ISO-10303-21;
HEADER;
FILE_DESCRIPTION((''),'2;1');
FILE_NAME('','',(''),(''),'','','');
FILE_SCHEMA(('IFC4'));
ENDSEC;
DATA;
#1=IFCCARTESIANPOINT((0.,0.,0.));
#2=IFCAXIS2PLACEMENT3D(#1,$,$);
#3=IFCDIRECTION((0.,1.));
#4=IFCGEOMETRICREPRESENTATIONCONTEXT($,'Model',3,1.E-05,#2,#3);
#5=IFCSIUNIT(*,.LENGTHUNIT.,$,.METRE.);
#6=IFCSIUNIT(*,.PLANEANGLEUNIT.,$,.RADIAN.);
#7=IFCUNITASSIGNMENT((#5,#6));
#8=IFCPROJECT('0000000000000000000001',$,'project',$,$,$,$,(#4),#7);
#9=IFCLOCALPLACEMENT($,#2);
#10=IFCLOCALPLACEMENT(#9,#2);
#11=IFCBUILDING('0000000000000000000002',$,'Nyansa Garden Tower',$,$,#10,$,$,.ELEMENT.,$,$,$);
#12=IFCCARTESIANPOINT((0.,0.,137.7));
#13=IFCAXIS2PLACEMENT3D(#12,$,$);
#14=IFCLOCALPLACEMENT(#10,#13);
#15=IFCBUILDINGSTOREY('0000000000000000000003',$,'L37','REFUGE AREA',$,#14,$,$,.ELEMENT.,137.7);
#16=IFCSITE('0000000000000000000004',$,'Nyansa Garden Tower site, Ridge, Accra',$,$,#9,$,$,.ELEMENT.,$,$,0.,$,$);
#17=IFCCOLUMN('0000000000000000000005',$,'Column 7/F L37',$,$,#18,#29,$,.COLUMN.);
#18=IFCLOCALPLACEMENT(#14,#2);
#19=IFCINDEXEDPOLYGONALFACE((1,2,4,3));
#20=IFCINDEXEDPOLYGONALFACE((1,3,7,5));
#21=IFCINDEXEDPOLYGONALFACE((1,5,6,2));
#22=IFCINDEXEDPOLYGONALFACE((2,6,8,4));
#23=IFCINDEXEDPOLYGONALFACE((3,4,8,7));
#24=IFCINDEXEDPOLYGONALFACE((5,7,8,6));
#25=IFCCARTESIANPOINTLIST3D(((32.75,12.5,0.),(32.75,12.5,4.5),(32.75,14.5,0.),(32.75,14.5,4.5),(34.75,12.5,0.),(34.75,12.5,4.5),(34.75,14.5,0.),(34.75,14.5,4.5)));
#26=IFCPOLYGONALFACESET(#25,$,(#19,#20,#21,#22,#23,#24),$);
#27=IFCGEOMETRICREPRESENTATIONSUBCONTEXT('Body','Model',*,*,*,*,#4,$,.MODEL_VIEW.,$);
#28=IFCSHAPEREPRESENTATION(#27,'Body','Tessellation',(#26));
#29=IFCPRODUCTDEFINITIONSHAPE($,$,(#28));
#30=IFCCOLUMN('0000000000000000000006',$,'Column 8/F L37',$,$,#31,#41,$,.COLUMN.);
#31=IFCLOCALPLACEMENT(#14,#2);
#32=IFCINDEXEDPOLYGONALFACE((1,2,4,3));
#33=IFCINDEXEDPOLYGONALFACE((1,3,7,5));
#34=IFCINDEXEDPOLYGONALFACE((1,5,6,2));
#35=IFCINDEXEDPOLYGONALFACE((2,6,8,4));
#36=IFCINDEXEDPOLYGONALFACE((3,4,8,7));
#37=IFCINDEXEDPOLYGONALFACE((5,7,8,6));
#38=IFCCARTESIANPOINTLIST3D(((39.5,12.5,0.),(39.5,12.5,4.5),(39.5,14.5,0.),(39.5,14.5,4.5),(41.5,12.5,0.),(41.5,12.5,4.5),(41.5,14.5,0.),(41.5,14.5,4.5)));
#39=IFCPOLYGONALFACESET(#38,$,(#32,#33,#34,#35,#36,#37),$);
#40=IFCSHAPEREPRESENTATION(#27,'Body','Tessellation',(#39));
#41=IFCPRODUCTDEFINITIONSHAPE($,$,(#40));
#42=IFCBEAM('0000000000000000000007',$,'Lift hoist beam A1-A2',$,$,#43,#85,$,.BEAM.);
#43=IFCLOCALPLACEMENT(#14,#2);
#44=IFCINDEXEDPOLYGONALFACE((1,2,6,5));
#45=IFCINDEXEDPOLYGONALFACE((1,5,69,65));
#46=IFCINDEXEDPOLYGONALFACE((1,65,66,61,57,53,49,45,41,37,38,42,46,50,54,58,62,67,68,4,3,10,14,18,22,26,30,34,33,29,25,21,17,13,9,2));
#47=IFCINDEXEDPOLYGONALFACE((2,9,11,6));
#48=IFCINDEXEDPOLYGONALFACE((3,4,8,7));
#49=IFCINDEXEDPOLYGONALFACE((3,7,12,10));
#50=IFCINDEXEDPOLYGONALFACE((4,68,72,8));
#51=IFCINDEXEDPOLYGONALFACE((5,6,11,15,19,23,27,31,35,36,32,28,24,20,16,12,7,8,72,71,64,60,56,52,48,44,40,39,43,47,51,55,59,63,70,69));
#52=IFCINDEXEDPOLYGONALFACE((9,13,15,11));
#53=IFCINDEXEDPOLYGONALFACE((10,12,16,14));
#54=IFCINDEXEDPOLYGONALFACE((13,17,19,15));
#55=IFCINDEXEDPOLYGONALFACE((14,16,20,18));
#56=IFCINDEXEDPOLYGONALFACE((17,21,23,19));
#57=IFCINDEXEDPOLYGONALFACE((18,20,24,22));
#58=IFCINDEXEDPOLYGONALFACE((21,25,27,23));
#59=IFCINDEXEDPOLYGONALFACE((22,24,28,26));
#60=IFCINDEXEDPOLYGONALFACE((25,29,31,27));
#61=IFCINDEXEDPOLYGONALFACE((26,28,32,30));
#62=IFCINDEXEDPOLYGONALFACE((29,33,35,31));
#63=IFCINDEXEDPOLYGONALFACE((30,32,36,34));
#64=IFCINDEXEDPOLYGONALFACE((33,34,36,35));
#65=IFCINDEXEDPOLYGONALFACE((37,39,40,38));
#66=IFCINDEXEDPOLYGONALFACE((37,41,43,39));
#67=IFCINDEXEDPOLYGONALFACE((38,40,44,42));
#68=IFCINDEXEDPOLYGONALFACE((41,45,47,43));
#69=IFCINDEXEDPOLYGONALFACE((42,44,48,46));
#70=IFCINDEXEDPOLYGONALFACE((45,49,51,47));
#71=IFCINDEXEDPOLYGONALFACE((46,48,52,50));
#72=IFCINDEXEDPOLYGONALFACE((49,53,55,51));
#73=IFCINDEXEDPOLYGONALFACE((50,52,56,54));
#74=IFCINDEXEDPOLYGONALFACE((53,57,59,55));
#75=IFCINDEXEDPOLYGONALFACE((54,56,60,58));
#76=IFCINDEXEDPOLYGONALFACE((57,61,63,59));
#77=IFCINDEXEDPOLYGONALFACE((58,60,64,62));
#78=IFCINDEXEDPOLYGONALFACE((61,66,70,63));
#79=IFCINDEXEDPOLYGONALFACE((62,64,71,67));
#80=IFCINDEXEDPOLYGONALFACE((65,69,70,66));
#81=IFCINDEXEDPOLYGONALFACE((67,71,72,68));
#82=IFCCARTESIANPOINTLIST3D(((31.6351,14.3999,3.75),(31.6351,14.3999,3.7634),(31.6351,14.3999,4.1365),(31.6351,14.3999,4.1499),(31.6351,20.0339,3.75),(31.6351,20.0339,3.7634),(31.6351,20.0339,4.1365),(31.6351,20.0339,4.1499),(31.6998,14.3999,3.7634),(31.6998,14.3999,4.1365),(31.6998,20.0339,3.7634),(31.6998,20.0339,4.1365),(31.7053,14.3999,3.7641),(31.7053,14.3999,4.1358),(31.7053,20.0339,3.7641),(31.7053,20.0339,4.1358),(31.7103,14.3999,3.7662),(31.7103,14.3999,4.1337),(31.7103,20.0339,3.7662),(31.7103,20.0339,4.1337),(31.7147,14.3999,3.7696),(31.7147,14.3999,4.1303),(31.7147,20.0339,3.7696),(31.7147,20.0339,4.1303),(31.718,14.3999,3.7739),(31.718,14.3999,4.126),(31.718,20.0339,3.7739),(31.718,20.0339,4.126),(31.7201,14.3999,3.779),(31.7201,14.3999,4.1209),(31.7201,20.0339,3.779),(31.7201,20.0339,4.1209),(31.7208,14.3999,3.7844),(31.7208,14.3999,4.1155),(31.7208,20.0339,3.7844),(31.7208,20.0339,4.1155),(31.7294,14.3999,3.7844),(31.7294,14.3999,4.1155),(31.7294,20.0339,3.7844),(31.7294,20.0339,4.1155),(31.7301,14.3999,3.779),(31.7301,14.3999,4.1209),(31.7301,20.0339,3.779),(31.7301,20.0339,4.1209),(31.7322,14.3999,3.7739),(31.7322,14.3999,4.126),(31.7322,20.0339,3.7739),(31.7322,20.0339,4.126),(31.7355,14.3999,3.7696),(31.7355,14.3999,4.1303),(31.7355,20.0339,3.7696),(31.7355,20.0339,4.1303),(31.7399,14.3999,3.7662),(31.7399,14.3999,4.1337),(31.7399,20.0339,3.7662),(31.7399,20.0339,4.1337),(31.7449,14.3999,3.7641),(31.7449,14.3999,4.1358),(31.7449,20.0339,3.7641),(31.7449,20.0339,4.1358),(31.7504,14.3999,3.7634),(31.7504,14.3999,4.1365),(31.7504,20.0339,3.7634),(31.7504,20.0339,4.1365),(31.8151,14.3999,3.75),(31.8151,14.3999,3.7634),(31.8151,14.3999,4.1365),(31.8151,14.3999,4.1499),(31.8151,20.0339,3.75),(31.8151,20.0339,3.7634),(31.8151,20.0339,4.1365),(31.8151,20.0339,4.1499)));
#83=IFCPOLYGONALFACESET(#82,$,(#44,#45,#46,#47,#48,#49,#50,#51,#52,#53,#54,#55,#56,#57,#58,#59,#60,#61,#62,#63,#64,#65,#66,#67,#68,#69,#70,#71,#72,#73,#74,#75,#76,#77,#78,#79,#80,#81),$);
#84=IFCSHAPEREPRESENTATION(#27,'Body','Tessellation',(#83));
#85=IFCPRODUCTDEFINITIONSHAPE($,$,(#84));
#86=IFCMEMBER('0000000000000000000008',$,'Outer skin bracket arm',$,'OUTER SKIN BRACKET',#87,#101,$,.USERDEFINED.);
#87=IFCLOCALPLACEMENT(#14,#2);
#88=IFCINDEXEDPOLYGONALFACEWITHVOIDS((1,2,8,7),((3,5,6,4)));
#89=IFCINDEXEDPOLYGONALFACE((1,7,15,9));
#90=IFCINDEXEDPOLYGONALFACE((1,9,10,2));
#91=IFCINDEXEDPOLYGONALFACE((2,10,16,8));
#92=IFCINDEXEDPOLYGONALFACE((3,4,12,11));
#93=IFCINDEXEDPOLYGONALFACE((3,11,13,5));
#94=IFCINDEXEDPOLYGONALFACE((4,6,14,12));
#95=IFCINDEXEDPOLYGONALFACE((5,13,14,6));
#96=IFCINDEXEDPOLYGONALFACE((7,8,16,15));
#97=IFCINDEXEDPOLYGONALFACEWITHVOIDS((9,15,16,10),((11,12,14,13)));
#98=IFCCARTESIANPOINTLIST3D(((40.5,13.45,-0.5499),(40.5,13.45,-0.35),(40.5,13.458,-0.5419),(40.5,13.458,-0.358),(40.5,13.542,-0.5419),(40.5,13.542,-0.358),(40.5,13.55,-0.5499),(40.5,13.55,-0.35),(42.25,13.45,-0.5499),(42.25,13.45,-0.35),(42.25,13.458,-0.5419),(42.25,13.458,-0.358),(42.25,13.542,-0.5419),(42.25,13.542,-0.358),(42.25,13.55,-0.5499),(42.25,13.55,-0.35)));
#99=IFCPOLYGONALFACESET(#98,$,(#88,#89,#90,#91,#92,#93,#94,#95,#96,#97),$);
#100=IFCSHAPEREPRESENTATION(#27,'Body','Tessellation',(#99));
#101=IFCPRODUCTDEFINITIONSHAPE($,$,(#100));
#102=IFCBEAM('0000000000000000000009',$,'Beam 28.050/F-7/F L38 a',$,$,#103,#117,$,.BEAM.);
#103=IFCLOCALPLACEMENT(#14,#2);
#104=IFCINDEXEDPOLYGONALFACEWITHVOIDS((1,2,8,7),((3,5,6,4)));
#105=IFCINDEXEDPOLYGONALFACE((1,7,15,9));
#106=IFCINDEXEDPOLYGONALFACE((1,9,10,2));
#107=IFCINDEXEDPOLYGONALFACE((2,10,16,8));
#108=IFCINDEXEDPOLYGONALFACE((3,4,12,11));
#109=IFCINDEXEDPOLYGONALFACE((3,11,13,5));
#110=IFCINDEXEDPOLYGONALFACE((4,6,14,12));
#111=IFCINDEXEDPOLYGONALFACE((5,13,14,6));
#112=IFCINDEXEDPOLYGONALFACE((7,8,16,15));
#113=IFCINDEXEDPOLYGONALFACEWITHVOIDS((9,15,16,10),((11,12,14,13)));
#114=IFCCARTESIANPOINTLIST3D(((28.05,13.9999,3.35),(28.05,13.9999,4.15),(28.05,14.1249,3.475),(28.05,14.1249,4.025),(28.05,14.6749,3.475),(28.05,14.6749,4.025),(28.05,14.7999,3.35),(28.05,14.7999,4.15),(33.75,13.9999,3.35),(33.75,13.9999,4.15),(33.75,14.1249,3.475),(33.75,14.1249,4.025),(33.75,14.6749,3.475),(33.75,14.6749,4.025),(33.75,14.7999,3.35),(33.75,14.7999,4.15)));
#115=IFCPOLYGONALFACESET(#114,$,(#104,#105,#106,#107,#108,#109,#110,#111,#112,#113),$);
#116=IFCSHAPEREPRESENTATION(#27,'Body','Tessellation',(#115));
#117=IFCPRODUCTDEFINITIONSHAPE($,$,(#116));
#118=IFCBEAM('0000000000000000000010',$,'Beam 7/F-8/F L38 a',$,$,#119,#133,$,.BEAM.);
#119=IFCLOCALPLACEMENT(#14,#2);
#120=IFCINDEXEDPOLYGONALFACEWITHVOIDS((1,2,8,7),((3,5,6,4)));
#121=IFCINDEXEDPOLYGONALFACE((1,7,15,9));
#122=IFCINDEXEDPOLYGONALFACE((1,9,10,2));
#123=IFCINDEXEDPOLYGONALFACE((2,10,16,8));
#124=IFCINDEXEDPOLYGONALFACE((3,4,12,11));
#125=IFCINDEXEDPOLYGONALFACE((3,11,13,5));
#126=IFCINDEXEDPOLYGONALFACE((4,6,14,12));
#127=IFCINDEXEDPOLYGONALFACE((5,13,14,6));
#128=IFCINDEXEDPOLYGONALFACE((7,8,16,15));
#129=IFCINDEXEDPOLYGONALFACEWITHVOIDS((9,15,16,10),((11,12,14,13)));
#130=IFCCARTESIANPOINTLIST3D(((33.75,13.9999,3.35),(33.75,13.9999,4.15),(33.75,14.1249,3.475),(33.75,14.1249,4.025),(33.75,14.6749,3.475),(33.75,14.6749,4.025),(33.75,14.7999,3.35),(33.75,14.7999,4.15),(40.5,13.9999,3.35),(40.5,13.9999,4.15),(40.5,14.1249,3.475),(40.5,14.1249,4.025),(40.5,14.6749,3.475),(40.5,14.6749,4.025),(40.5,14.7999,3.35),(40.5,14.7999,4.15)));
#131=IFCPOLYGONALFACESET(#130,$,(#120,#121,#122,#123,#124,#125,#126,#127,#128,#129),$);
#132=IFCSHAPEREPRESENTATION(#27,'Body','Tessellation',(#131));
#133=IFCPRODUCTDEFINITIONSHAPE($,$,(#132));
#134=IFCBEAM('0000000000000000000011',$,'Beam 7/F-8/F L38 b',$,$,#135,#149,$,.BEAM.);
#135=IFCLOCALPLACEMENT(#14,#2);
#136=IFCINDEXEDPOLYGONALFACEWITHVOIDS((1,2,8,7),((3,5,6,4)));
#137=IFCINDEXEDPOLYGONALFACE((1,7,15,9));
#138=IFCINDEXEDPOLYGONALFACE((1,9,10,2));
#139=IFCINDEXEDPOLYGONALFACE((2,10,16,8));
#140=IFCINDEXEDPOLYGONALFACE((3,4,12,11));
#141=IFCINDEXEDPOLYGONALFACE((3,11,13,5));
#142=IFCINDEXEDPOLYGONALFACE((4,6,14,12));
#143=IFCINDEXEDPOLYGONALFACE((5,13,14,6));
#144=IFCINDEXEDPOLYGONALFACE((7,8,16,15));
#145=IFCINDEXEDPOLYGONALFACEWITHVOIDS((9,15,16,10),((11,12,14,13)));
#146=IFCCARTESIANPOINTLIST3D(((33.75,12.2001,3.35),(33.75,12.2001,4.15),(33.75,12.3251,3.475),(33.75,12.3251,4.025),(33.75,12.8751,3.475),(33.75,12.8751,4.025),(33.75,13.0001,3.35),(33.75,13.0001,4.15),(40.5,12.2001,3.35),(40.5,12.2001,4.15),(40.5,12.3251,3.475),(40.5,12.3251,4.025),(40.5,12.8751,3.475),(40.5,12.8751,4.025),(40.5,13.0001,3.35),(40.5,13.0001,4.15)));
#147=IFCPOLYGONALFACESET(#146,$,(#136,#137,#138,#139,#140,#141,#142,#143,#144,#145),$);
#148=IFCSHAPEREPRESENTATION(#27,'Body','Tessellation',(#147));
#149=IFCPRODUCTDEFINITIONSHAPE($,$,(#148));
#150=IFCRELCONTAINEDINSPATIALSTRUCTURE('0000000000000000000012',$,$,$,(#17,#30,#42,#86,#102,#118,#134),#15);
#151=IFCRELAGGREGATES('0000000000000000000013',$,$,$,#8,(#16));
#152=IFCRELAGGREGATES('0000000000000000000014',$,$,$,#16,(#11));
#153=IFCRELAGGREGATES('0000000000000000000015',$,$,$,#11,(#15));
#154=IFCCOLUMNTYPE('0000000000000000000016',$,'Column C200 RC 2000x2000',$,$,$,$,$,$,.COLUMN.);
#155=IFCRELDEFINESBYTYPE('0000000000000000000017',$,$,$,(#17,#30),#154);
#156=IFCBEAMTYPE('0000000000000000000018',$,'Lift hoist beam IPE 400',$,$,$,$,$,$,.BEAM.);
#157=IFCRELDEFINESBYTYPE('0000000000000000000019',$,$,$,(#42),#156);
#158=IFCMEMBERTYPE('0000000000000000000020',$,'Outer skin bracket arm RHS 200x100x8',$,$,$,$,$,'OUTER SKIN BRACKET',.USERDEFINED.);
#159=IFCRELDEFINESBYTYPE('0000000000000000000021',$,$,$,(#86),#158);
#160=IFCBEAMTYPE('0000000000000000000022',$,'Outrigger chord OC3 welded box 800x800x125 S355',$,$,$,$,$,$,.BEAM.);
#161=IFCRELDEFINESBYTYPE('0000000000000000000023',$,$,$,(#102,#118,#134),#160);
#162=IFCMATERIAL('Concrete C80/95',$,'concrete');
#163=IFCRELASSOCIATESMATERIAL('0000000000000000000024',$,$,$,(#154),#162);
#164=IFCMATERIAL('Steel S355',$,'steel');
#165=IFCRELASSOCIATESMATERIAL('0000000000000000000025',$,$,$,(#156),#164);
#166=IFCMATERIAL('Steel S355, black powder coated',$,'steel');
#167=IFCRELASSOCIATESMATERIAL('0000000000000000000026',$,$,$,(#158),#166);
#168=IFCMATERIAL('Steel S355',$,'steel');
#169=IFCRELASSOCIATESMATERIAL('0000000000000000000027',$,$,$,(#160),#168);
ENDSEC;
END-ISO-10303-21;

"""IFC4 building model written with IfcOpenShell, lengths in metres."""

from ifc_helpers import new_model, si_unit, direction, frame, origin, origin_2d, place, context, subcontext, project, spatial, rectangle, hollow_rectangle, i_section, extrude, material, material_profile, profile_set, type_object, element, save


model = new_model("IFC4")

# Units and contexts
model_context = context("Model", 3, precision=1e-05, world=origin(), true_north=direction((0.0, 1.0)))
body_context = subcontext(model_context, "Body", "Model", "MODEL_VIEW")
ifc_project = project(units=[si_unit("LENGTHUNIT", "METRE"), si_unit("PLANEANGLEUNIT", "RADIAN")], contexts=[model_context])

# Site, building, storey
site_placement = place(None, origin())
site = spatial("IfcSite", under=ifc_project, at=site_placement, Name="Nyansa Garden Tower site, Ridge, Accra", CompositionType="ELEMENT", RefElevation=0.0)
building_placement = place(site_placement, origin())
building = spatial("IfcBuilding", under=site, at=building_placement, Name="Nyansa Garden Tower", CompositionType="ELEMENT")
storey_placement = place(building_placement, frame((0.0, 0.0, 137.7)))
storey = spatial("IfcBuildingStorey", under=building, at=storey_placement, Name="L37", Description="REFUGE AREA", CompositionType="ELEMENT", Elevation=137.7)

# Columns
ifc_material_1 = material(Name="Concrete C80/95", Category="concrete")
ifc_material_profile_1 = material_profile(ifc_material_1, rectangle(XDim=2.0, YDim=2.0, at=origin_2d()), Name="RC 2000x2000")
ifc_profile_set_1 = profile_set([ifc_material_profile_1], Name="Concrete C80/95")
column_type = type_object("IfcColumnType", Name="Column C200 RC 2000x2000", PredefinedType="COLUMN", material=ifc_profile_set_1)
for number, where, z_axis, x_axis, name in (
    (1, (33.75, 13.5, 0.0), (0.0, 0.0, 1.0), (1.0, 0.0, 0.0), "Column 7/F L37"),
    (2, (40.5, 13.5, 0.0), (0.0, 0.0, 1.0), (1.0, 0.0, 0.0), "Column 8/F L37"),
):
    element("IfcColumn", number, at=place(storey_placement, frame(where, z_axis=z_axis, x_axis=x_axis)), inside=storey, type_object=column_type, Name=name, PredefinedType="COLUMN", context=body_context, shape_type="SweptSolid", body=[
        extrude(rectangle(XDim=2.0, YDim=2.0, at=origin_2d()), origin(), (0.0, 0.0, 1.0), 4.5),
    ])

# Beam
ifc_material_2 = material(Name="Steel S355", Category="steel")
ifc_material_profile_2 = material_profile(ifc_material_2, i_section(OverallWidth=0.1799, OverallDepth=0.3999, WebThickness=0.0085, FlangeThickness=0.0134, FilletRadius=0.021, at=origin_2d()), Name="IPE 400")
ifc_profile_set_2 = profile_set([ifc_material_profile_2], Name="Steel S355")
beam_type_1 = type_object("IfcBeamType", Name="Lift hoist beam IPE 400", PredefinedType="BEAM", material=ifc_profile_set_2)
beam_1_placement = place(storey_placement, frame((31.7251, 14.3999, 3.95), z_axis=(0.0, 1.0, 0.0), x_axis=(-1.0, 0.0, 0.0)))
element("IfcBeam", 3, at=beam_1_placement, inside=storey, type_object=beam_type_1, Name="Lift hoist beam A1-A2", PredefinedType="BEAM", context=body_context, shape_type="SweptSolid", body=[
    extrude(i_section(OverallWidth=0.1799, OverallDepth=0.3999, WebThickness=0.0085, FlangeThickness=0.0134, FilletRadius=0.021, at=origin_2d()), origin(), (0.0, 0.0, 1.0), 5.634),
])

# Member
ifc_material_3 = material(Name="Steel S355, black powder coated", Category="steel")
ifc_material_profile_3 = material_profile(ifc_material_3, hollow_rectangle(XDim=0.1001, YDim=0.2, WallThickness=0.0081, at=origin_2d()), Name="RHS 200x100x8")
ifc_profile_set_3 = profile_set([ifc_material_profile_3], Name="Steel S355, black powder coated")
member_type_1 = type_object("IfcMemberType", Name="Outer skin bracket arm RHS 200x100x8", ElementType="OUTER SKIN BRACKET", PredefinedType="USERDEFINED", material=ifc_profile_set_3)
member_1_placement = place(storey_placement, frame((40.5, 13.5, -0.45), z_axis=(1.0, 0.0, 0.0), x_axis=(0.0, 1.0, 0.0)))
element("IfcMember", 4, at=member_1_placement, inside=storey, type_object=member_type_1, Name="Outer skin bracket arm", ObjectType="OUTER SKIN BRACKET", PredefinedType="USERDEFINED", context=body_context, shape_type="SweptSolid", body=[
    extrude(hollow_rectangle(XDim=0.1001, YDim=0.2, WallThickness=0.0081, at=origin_2d()), origin(), (0.0, 0.0, 1.0), 1.75),
])

# Beams
ifc_material_4 = material(Name="Steel S355", Category="steel")
ifc_material_profile_4 = material_profile(ifc_material_4, hollow_rectangle(XDim=0.8, YDim=0.8, WallThickness=0.125, at=origin_2d()), Name="Welded box 800x800x125")
ifc_profile_set_4 = profile_set([ifc_material_profile_4], Name="Steel S355")
beam_type_2 = type_object("IfcBeamType", Name="Outrigger chord OC3 welded box 800x800x125 S355", PredefinedType="BEAM", material=ifc_profile_set_4)
beam_2_placement = place(storey_placement, frame((28.05, 14.3999, 3.75), z_axis=(1.0, 0.0, 0.0), x_axis=(0.0, 1.0, 0.0)))
element("IfcBeam", 5, at=beam_2_placement, inside=storey, type_object=beam_type_2, Name="Beam 28.050/F-7/F L38 a", PredefinedType="BEAM", context=body_context, shape_type="SweptSolid", body=[
    extrude(hollow_rectangle(XDim=0.8, YDim=0.8, WallThickness=0.125, at=origin_2d()), origin(), (0.0, 0.0, 1.0), 5.7),
])
for number, where, z_axis, x_axis, name in (
    (6, (33.75, 14.3999, 3.75), (1.0, 0.0, 0.0), (0.0, 1.0, 0.0), "Beam 7/F-8/F L38 a"),
    (7, (33.75, 12.6001, 3.75), (1.0, 0.0, 0.0), (0.0, 1.0, 0.0), "Beam 7/F-8/F L38 b"),
):
    element("IfcBeam", number, at=place(storey_placement, frame(where, z_axis=z_axis, x_axis=x_axis)), inside=storey, type_object=beam_type_2, Name=name, PredefinedType="BEAM", context=body_context, shape_type="SweptSolid", body=[
        extrude(hollow_rectangle(XDim=0.8, YDim=0.8, WallThickness=0.125, at=origin_2d()), origin(), (0.0, 0.0, 1.0), 6.75),
    ])

save(model, "model.ifc")
